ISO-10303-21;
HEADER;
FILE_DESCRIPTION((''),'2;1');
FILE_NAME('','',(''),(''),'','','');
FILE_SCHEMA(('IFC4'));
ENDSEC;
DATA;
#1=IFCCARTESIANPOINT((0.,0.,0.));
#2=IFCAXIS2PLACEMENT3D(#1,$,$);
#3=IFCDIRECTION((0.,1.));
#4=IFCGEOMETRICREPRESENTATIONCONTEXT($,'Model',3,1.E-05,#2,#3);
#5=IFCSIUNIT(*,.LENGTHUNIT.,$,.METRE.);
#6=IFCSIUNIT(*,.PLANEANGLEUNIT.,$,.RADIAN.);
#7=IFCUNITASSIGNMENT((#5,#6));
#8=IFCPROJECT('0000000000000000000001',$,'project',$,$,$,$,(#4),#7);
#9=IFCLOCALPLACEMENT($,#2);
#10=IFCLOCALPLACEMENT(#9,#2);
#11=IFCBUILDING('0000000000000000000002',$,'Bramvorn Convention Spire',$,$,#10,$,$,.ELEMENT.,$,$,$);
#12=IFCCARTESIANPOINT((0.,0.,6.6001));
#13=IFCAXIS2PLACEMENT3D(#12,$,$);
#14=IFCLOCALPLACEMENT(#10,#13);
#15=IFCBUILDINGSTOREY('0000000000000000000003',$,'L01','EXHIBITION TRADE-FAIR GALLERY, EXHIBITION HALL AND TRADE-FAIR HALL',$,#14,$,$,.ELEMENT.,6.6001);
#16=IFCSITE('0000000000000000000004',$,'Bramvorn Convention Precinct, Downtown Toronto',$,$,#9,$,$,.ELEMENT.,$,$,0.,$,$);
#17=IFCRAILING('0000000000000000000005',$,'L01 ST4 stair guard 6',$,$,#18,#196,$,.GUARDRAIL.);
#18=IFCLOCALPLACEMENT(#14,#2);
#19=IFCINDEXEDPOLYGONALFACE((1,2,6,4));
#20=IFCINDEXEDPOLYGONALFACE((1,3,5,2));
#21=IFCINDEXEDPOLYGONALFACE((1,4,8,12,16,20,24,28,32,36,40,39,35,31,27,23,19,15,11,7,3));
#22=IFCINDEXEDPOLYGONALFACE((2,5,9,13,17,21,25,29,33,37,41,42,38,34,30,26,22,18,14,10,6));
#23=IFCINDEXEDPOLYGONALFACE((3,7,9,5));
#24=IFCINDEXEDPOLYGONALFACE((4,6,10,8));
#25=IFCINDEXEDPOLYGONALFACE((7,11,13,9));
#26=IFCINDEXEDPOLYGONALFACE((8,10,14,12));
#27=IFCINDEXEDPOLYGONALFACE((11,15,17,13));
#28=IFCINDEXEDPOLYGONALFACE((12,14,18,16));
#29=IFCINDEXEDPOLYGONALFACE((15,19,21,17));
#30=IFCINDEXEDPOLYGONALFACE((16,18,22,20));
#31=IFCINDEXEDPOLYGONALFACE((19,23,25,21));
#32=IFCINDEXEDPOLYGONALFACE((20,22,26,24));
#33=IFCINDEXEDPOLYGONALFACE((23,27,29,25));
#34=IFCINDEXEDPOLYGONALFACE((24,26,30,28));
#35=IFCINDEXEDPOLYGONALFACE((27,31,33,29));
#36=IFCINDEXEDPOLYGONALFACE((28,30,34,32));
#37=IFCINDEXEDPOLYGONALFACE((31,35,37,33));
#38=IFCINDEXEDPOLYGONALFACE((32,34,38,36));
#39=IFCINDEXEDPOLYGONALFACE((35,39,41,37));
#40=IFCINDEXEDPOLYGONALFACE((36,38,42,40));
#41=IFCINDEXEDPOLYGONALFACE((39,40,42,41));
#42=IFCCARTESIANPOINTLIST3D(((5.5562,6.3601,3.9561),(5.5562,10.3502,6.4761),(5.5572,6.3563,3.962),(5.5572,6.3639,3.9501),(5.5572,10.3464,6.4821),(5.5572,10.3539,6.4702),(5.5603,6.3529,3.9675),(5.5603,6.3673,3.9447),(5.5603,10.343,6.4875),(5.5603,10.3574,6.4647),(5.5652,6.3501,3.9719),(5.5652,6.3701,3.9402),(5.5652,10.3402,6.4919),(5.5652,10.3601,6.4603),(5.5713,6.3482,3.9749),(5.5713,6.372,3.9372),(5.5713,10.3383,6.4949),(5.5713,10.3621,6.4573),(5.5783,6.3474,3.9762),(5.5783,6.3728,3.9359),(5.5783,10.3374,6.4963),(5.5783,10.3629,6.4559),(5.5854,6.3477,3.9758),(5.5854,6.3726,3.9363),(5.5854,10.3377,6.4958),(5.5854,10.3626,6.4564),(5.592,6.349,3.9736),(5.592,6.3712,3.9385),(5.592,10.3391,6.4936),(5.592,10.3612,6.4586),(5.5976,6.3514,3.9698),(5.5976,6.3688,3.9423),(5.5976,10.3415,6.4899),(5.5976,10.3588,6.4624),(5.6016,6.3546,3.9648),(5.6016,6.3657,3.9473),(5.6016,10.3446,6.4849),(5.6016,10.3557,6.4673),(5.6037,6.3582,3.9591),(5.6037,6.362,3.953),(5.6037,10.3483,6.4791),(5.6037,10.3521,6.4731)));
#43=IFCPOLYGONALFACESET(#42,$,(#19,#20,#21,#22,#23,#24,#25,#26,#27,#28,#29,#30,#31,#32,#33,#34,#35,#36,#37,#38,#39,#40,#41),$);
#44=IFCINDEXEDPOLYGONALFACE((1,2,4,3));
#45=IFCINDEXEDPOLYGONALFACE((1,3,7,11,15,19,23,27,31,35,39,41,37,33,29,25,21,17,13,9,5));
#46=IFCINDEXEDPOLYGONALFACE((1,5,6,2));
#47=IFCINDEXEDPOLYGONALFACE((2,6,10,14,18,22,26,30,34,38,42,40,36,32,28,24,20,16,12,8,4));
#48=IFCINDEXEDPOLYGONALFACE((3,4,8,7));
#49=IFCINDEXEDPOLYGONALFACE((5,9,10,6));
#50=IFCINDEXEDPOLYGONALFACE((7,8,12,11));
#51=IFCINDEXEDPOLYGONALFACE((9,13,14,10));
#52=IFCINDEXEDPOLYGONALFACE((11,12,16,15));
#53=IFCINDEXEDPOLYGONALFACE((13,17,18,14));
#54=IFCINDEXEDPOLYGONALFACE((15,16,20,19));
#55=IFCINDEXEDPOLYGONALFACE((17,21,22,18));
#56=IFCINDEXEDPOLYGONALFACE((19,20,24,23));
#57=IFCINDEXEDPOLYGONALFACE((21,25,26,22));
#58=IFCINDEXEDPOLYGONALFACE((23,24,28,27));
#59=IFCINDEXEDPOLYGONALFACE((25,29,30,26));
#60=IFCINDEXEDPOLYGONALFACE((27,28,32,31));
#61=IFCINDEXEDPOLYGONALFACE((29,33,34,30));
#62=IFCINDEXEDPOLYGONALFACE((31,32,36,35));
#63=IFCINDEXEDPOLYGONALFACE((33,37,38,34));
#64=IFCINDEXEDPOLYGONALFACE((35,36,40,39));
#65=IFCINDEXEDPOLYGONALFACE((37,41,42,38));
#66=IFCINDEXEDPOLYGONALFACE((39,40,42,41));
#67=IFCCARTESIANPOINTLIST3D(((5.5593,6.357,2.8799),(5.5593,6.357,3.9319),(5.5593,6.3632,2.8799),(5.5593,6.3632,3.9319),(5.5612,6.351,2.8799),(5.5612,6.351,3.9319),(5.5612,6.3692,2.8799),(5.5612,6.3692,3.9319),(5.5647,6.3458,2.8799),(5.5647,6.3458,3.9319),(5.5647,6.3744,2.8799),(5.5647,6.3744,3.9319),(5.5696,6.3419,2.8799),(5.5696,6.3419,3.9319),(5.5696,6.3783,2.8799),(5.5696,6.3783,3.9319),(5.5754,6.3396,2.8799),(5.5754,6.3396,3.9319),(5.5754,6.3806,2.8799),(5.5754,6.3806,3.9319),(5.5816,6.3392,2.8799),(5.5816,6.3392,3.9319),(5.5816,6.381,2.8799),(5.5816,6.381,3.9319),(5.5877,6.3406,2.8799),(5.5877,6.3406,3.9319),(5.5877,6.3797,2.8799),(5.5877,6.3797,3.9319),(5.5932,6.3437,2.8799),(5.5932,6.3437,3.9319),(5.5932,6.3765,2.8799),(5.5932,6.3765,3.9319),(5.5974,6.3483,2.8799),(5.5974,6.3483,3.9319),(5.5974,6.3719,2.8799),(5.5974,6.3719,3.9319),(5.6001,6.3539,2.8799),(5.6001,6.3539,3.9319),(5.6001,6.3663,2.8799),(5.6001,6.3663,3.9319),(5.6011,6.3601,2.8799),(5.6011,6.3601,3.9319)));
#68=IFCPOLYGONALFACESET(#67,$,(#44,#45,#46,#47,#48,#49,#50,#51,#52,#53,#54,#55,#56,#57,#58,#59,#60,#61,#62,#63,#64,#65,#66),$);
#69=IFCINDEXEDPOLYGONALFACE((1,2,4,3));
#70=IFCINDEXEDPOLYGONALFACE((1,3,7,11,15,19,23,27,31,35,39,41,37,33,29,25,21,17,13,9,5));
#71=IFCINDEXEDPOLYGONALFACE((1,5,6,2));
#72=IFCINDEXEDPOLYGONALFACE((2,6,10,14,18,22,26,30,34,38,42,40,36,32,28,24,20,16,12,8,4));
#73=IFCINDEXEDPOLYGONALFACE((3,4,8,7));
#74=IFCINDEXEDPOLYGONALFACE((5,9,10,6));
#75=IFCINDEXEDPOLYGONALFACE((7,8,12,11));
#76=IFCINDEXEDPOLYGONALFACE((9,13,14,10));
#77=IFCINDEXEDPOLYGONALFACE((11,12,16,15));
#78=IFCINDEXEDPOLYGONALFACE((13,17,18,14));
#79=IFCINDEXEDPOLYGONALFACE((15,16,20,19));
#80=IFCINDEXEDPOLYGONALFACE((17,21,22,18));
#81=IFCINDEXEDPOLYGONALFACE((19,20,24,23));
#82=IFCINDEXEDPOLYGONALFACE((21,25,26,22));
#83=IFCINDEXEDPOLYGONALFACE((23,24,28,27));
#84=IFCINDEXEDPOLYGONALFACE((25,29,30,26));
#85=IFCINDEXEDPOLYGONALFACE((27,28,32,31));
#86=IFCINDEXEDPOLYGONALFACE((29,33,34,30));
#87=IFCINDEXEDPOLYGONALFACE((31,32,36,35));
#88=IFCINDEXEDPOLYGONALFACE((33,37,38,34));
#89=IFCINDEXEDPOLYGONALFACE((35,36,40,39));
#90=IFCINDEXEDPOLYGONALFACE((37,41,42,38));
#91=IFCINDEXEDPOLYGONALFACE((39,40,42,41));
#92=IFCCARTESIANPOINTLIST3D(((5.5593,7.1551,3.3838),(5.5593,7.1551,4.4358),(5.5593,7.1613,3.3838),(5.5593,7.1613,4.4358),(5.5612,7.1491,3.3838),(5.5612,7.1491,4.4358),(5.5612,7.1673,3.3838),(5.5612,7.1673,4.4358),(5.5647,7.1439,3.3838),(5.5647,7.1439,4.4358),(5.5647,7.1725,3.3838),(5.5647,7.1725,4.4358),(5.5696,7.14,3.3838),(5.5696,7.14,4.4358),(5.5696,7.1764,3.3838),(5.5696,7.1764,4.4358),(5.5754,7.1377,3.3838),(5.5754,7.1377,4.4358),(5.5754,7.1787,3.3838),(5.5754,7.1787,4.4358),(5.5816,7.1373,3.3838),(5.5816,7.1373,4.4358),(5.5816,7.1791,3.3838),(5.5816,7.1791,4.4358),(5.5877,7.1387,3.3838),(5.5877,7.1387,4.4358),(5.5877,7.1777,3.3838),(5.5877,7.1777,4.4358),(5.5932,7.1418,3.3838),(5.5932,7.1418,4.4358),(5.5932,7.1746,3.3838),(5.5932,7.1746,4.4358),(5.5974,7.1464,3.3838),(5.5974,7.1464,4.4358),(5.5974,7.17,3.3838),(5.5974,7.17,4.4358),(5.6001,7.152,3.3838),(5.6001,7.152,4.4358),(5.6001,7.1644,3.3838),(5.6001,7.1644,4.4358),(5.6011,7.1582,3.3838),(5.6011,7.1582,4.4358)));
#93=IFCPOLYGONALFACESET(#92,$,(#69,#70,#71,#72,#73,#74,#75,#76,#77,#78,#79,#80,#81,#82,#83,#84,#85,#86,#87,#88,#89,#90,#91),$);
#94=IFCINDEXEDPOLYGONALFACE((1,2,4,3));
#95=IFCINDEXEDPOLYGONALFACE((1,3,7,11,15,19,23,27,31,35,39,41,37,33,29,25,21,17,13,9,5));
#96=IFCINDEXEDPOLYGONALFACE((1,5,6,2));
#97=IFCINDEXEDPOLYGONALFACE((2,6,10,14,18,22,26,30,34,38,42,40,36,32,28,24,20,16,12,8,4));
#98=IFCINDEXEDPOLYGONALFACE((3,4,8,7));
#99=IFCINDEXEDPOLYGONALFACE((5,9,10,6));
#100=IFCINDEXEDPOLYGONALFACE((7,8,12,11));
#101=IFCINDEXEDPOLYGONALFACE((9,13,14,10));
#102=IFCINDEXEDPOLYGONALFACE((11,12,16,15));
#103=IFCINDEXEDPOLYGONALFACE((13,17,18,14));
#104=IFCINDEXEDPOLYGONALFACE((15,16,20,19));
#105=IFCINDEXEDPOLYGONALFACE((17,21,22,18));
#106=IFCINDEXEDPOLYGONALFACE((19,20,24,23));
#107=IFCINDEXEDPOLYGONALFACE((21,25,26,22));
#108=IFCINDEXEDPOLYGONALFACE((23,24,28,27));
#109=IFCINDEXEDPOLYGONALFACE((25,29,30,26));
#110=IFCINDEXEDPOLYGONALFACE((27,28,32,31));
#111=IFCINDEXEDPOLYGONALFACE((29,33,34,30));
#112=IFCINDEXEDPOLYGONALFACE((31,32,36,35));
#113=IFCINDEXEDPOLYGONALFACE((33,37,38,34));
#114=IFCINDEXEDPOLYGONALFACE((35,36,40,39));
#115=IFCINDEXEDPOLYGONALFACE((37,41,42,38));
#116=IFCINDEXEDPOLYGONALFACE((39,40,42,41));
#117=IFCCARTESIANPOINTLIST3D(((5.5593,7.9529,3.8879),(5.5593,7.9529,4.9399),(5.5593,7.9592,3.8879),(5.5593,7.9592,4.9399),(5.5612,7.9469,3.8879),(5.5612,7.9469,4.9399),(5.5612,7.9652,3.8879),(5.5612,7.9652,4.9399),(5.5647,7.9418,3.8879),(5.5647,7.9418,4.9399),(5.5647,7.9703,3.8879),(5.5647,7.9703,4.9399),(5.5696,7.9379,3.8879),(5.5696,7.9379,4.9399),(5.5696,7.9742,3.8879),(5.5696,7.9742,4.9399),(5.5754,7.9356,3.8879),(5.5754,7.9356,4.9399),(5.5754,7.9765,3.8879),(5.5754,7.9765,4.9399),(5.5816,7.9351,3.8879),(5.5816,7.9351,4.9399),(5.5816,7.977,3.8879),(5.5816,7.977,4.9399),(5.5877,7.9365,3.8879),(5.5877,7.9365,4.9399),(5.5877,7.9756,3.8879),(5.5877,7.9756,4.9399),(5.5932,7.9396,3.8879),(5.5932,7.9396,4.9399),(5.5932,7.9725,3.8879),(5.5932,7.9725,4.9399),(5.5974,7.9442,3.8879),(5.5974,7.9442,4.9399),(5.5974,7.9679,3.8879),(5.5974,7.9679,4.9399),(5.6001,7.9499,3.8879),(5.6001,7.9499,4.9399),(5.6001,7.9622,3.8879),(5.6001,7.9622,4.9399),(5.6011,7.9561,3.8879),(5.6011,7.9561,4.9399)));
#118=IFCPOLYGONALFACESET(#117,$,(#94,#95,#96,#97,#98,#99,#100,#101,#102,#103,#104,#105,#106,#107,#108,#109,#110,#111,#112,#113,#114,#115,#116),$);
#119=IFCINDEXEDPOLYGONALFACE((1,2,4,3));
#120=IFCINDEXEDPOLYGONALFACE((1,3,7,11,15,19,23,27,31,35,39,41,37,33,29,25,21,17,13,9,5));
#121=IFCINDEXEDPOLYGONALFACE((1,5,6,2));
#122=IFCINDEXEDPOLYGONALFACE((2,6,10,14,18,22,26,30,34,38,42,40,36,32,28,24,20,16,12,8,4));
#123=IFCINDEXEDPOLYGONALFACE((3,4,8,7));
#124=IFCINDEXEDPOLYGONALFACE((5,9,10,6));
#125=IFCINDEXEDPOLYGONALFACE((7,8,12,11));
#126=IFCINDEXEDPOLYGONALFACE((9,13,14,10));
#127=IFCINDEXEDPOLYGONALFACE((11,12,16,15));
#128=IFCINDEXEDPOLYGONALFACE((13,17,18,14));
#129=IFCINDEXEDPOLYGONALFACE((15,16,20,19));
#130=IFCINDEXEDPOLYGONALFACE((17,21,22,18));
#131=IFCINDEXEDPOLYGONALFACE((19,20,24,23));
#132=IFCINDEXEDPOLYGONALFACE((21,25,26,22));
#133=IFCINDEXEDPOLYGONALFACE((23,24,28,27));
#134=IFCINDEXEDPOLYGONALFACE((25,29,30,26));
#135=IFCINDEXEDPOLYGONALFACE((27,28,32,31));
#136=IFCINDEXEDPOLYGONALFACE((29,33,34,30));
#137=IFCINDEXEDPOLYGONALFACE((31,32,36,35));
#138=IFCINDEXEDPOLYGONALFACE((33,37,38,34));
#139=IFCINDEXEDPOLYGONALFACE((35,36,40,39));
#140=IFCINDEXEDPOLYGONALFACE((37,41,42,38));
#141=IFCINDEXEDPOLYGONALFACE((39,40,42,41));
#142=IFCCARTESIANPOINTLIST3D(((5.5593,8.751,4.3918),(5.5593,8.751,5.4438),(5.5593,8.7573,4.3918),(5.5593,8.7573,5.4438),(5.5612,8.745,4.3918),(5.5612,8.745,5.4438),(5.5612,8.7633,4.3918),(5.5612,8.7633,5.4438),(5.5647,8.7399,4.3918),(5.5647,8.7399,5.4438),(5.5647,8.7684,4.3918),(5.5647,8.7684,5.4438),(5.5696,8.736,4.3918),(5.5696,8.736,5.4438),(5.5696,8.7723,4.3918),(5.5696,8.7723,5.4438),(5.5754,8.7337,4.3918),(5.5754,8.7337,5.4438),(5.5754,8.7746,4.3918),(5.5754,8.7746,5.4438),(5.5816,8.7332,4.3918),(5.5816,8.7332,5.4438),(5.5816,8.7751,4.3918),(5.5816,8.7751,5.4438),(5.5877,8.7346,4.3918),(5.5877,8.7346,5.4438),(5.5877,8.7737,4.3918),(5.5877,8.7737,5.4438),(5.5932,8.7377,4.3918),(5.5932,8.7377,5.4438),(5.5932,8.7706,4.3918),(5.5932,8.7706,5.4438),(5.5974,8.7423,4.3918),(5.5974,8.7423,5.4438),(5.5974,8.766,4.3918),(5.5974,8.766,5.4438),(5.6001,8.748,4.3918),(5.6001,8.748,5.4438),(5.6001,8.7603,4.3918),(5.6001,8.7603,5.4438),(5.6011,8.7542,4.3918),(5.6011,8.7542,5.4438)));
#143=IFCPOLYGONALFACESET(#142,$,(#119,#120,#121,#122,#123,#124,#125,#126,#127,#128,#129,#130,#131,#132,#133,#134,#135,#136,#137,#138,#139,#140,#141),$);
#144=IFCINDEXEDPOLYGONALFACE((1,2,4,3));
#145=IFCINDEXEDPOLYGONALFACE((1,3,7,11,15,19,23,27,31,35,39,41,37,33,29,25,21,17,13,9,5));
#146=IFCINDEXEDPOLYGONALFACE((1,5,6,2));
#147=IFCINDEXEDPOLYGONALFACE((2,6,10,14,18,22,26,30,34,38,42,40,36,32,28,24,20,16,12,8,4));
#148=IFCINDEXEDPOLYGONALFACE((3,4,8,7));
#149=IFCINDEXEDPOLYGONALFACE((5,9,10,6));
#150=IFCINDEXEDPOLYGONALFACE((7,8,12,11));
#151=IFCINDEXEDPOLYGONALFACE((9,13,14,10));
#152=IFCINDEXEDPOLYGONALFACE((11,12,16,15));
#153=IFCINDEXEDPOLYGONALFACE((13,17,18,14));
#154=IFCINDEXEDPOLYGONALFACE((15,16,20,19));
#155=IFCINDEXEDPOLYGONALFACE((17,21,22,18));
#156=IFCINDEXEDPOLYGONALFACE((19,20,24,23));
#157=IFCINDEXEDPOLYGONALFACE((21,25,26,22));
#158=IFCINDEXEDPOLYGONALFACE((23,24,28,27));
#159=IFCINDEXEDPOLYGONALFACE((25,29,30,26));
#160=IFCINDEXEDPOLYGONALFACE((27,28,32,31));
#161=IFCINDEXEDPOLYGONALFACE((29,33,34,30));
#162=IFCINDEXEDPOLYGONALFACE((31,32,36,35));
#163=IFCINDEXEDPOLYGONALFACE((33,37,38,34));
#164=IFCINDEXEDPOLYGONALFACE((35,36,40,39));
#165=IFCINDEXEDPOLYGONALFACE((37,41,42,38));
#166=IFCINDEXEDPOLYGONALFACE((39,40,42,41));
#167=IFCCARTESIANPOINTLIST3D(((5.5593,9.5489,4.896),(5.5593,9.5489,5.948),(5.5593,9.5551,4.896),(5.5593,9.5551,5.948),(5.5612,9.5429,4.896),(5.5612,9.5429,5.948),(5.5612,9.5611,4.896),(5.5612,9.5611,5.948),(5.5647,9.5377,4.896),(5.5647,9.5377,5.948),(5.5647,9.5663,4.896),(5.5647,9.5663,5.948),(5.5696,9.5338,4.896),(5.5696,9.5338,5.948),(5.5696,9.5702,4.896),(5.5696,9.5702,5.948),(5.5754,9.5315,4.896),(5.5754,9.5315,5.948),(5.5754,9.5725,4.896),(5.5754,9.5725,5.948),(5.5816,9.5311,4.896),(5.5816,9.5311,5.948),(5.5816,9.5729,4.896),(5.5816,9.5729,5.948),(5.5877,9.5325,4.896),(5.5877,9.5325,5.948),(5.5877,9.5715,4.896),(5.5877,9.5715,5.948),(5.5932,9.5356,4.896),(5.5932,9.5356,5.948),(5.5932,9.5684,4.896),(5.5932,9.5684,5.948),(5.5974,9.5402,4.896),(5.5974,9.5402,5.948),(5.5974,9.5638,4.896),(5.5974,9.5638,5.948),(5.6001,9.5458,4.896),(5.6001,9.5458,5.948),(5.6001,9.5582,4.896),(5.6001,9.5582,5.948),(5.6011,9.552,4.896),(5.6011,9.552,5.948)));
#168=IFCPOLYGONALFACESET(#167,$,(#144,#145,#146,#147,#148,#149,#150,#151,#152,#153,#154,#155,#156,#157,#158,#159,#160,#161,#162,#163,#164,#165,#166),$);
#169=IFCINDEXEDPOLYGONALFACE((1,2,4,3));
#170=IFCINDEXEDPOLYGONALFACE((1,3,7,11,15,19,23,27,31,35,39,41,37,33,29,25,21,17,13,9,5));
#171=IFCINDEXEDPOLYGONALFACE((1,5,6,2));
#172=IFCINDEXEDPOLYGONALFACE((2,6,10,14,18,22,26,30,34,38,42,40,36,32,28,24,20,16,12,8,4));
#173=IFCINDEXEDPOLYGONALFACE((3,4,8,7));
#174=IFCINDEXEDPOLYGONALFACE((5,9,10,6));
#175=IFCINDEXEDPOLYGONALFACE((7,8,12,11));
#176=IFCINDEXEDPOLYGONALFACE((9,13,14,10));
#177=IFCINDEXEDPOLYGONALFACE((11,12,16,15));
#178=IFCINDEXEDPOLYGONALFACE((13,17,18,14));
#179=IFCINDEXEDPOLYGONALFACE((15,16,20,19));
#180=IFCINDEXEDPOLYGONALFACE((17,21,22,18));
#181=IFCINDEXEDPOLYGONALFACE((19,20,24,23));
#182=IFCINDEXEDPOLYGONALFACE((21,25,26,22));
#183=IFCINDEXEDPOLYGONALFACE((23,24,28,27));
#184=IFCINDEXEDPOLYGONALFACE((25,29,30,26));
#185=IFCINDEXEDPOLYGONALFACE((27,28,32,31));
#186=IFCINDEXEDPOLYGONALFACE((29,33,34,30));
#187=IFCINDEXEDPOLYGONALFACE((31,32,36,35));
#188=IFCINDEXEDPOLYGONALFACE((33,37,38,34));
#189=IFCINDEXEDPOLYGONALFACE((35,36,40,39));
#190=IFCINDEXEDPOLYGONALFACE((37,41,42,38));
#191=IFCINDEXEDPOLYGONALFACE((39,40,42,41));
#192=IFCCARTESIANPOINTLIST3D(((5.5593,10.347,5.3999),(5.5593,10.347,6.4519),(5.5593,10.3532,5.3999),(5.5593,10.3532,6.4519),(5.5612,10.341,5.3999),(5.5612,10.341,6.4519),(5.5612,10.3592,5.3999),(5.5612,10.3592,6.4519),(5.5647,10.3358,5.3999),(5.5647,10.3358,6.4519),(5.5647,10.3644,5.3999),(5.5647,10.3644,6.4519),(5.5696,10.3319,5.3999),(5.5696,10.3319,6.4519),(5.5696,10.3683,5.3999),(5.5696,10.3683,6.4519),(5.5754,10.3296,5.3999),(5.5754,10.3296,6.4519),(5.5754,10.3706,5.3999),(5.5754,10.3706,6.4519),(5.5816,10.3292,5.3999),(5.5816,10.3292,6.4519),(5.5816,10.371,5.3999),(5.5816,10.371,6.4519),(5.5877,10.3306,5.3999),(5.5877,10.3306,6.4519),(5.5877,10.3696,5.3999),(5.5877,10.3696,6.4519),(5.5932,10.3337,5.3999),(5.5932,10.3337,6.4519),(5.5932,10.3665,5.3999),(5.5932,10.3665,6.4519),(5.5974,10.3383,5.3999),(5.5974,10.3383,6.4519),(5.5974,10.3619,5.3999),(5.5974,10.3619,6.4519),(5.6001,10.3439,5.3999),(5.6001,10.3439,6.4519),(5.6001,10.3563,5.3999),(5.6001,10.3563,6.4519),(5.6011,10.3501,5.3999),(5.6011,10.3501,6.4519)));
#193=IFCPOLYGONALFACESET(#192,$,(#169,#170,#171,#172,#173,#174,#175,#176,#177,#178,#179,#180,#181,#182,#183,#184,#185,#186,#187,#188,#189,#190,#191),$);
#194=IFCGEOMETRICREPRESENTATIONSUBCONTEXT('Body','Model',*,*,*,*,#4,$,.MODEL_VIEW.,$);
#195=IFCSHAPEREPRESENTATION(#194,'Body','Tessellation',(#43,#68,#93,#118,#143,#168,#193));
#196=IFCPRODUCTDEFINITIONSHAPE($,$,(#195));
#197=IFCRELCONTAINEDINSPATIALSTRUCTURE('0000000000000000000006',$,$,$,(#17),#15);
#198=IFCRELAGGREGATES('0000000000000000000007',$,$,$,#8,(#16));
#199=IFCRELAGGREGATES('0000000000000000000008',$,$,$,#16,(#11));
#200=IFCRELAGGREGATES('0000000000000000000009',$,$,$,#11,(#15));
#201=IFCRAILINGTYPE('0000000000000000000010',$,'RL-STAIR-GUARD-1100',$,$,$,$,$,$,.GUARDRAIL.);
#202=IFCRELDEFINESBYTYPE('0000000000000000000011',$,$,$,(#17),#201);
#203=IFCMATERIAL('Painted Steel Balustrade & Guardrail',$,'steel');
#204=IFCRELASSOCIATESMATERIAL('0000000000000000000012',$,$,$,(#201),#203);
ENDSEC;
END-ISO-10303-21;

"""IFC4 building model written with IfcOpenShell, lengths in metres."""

from ifc_helpers import new_model, si_unit, direction, frame, origin, origin_2d, place, context, subcontext, project, spatial, circle, extrude, material, type_object, element, save


model = new_model("IFC4")

# Units and contexts
model_context = context("Model", 3, precision=1e-05, world=origin(), true_north=direction((0.0, 1.0)))
body_context = subcontext(model_context, "Body", "Model", "MODEL_VIEW")
ifc_project = project(units=[si_unit("LENGTHUNIT", "METRE"), si_unit("PLANEANGLEUNIT", "RADIAN")], contexts=[model_context])

# Site, building, storey
site_placement = place(None, origin())
site = spatial("IfcSite", under=ifc_project, at=site_placement, Name="Bramvorn Convention Precinct, Downtown Toronto", CompositionType="ELEMENT", RefElevation=0.0)
building_placement = place(site_placement, origin())
building = spatial("IfcBuilding", under=site, at=building_placement, Name="Bramvorn Convention Spire", CompositionType="ELEMENT")
storey_placement = place(building_placement, frame((0.0, 0.0, 6.6001)))
storey = spatial("IfcBuildingStorey", under=building, at=storey_placement, Name="L01", Description="EXHIBITION TRADE-FAIR GALLERY, EXHIBITION HALL AND TRADE-FAIR HALL", CompositionType="ELEMENT", Elevation=6.6001)

# Railing
ifc_material_1 = material(Name="Painted Steel Balustrade & Guardrail", Category="steel")
railing_type_1 = type_object("IfcRailingType", Name="RL-STAIR-GUARD-1100", PredefinedType="GUARDRAIL", material=ifc_material_1)
railing_1_placement = place(storey_placement, frame((5.5801, 6.3601, 2.8799)))
element("IfcRailing", 1, at=railing_1_placement, inside=storey, type_object=railing_type_1, Name="L01 ST4 stair guard 6", PredefinedType="GUARDRAIL", context=body_context, shape_type="SweptSolid", body=[
    extrude(circle(Radius=0.0239, at=origin_2d()), frame((0.0, 0.0, 1.0762), z_axis=(0.0, 0.845486, 0.533997), x_axis=(-1.0, 0.0, 0.0)), (0.0, 0.0, 1.0), 4.7192),
    extrude(circle(Radius=0.021, at=origin_2d()), origin(), (0.0, 0.0, 1.0), 1.052),
    extrude(circle(Radius=0.021, at=origin_2d()), frame((0.0, 0.7981, 0.5039)), (0.0, 0.0, 1.0), 1.052),
    extrude(circle(Radius=0.021, at=origin_2d()), frame((0.0, 1.5959, 1.0081)), (0.0, 0.0, 1.0), 1.052),
    extrude(circle(Radius=0.021, at=origin_2d()), frame((0.0, 2.394, 1.512)), (0.0, 0.0, 1.0), 1.052),
    extrude(circle(Radius=0.021, at=origin_2d()), frame((0.0, 3.1919, 2.0161)), (0.0, 0.0, 1.0), 1.052),
    extrude(circle(Radius=0.021, at=origin_2d()), frame((0.0, 3.99, 2.52)), (0.0, 0.0, 1.0), 1.052),
])

save(model, "model.ifc")
